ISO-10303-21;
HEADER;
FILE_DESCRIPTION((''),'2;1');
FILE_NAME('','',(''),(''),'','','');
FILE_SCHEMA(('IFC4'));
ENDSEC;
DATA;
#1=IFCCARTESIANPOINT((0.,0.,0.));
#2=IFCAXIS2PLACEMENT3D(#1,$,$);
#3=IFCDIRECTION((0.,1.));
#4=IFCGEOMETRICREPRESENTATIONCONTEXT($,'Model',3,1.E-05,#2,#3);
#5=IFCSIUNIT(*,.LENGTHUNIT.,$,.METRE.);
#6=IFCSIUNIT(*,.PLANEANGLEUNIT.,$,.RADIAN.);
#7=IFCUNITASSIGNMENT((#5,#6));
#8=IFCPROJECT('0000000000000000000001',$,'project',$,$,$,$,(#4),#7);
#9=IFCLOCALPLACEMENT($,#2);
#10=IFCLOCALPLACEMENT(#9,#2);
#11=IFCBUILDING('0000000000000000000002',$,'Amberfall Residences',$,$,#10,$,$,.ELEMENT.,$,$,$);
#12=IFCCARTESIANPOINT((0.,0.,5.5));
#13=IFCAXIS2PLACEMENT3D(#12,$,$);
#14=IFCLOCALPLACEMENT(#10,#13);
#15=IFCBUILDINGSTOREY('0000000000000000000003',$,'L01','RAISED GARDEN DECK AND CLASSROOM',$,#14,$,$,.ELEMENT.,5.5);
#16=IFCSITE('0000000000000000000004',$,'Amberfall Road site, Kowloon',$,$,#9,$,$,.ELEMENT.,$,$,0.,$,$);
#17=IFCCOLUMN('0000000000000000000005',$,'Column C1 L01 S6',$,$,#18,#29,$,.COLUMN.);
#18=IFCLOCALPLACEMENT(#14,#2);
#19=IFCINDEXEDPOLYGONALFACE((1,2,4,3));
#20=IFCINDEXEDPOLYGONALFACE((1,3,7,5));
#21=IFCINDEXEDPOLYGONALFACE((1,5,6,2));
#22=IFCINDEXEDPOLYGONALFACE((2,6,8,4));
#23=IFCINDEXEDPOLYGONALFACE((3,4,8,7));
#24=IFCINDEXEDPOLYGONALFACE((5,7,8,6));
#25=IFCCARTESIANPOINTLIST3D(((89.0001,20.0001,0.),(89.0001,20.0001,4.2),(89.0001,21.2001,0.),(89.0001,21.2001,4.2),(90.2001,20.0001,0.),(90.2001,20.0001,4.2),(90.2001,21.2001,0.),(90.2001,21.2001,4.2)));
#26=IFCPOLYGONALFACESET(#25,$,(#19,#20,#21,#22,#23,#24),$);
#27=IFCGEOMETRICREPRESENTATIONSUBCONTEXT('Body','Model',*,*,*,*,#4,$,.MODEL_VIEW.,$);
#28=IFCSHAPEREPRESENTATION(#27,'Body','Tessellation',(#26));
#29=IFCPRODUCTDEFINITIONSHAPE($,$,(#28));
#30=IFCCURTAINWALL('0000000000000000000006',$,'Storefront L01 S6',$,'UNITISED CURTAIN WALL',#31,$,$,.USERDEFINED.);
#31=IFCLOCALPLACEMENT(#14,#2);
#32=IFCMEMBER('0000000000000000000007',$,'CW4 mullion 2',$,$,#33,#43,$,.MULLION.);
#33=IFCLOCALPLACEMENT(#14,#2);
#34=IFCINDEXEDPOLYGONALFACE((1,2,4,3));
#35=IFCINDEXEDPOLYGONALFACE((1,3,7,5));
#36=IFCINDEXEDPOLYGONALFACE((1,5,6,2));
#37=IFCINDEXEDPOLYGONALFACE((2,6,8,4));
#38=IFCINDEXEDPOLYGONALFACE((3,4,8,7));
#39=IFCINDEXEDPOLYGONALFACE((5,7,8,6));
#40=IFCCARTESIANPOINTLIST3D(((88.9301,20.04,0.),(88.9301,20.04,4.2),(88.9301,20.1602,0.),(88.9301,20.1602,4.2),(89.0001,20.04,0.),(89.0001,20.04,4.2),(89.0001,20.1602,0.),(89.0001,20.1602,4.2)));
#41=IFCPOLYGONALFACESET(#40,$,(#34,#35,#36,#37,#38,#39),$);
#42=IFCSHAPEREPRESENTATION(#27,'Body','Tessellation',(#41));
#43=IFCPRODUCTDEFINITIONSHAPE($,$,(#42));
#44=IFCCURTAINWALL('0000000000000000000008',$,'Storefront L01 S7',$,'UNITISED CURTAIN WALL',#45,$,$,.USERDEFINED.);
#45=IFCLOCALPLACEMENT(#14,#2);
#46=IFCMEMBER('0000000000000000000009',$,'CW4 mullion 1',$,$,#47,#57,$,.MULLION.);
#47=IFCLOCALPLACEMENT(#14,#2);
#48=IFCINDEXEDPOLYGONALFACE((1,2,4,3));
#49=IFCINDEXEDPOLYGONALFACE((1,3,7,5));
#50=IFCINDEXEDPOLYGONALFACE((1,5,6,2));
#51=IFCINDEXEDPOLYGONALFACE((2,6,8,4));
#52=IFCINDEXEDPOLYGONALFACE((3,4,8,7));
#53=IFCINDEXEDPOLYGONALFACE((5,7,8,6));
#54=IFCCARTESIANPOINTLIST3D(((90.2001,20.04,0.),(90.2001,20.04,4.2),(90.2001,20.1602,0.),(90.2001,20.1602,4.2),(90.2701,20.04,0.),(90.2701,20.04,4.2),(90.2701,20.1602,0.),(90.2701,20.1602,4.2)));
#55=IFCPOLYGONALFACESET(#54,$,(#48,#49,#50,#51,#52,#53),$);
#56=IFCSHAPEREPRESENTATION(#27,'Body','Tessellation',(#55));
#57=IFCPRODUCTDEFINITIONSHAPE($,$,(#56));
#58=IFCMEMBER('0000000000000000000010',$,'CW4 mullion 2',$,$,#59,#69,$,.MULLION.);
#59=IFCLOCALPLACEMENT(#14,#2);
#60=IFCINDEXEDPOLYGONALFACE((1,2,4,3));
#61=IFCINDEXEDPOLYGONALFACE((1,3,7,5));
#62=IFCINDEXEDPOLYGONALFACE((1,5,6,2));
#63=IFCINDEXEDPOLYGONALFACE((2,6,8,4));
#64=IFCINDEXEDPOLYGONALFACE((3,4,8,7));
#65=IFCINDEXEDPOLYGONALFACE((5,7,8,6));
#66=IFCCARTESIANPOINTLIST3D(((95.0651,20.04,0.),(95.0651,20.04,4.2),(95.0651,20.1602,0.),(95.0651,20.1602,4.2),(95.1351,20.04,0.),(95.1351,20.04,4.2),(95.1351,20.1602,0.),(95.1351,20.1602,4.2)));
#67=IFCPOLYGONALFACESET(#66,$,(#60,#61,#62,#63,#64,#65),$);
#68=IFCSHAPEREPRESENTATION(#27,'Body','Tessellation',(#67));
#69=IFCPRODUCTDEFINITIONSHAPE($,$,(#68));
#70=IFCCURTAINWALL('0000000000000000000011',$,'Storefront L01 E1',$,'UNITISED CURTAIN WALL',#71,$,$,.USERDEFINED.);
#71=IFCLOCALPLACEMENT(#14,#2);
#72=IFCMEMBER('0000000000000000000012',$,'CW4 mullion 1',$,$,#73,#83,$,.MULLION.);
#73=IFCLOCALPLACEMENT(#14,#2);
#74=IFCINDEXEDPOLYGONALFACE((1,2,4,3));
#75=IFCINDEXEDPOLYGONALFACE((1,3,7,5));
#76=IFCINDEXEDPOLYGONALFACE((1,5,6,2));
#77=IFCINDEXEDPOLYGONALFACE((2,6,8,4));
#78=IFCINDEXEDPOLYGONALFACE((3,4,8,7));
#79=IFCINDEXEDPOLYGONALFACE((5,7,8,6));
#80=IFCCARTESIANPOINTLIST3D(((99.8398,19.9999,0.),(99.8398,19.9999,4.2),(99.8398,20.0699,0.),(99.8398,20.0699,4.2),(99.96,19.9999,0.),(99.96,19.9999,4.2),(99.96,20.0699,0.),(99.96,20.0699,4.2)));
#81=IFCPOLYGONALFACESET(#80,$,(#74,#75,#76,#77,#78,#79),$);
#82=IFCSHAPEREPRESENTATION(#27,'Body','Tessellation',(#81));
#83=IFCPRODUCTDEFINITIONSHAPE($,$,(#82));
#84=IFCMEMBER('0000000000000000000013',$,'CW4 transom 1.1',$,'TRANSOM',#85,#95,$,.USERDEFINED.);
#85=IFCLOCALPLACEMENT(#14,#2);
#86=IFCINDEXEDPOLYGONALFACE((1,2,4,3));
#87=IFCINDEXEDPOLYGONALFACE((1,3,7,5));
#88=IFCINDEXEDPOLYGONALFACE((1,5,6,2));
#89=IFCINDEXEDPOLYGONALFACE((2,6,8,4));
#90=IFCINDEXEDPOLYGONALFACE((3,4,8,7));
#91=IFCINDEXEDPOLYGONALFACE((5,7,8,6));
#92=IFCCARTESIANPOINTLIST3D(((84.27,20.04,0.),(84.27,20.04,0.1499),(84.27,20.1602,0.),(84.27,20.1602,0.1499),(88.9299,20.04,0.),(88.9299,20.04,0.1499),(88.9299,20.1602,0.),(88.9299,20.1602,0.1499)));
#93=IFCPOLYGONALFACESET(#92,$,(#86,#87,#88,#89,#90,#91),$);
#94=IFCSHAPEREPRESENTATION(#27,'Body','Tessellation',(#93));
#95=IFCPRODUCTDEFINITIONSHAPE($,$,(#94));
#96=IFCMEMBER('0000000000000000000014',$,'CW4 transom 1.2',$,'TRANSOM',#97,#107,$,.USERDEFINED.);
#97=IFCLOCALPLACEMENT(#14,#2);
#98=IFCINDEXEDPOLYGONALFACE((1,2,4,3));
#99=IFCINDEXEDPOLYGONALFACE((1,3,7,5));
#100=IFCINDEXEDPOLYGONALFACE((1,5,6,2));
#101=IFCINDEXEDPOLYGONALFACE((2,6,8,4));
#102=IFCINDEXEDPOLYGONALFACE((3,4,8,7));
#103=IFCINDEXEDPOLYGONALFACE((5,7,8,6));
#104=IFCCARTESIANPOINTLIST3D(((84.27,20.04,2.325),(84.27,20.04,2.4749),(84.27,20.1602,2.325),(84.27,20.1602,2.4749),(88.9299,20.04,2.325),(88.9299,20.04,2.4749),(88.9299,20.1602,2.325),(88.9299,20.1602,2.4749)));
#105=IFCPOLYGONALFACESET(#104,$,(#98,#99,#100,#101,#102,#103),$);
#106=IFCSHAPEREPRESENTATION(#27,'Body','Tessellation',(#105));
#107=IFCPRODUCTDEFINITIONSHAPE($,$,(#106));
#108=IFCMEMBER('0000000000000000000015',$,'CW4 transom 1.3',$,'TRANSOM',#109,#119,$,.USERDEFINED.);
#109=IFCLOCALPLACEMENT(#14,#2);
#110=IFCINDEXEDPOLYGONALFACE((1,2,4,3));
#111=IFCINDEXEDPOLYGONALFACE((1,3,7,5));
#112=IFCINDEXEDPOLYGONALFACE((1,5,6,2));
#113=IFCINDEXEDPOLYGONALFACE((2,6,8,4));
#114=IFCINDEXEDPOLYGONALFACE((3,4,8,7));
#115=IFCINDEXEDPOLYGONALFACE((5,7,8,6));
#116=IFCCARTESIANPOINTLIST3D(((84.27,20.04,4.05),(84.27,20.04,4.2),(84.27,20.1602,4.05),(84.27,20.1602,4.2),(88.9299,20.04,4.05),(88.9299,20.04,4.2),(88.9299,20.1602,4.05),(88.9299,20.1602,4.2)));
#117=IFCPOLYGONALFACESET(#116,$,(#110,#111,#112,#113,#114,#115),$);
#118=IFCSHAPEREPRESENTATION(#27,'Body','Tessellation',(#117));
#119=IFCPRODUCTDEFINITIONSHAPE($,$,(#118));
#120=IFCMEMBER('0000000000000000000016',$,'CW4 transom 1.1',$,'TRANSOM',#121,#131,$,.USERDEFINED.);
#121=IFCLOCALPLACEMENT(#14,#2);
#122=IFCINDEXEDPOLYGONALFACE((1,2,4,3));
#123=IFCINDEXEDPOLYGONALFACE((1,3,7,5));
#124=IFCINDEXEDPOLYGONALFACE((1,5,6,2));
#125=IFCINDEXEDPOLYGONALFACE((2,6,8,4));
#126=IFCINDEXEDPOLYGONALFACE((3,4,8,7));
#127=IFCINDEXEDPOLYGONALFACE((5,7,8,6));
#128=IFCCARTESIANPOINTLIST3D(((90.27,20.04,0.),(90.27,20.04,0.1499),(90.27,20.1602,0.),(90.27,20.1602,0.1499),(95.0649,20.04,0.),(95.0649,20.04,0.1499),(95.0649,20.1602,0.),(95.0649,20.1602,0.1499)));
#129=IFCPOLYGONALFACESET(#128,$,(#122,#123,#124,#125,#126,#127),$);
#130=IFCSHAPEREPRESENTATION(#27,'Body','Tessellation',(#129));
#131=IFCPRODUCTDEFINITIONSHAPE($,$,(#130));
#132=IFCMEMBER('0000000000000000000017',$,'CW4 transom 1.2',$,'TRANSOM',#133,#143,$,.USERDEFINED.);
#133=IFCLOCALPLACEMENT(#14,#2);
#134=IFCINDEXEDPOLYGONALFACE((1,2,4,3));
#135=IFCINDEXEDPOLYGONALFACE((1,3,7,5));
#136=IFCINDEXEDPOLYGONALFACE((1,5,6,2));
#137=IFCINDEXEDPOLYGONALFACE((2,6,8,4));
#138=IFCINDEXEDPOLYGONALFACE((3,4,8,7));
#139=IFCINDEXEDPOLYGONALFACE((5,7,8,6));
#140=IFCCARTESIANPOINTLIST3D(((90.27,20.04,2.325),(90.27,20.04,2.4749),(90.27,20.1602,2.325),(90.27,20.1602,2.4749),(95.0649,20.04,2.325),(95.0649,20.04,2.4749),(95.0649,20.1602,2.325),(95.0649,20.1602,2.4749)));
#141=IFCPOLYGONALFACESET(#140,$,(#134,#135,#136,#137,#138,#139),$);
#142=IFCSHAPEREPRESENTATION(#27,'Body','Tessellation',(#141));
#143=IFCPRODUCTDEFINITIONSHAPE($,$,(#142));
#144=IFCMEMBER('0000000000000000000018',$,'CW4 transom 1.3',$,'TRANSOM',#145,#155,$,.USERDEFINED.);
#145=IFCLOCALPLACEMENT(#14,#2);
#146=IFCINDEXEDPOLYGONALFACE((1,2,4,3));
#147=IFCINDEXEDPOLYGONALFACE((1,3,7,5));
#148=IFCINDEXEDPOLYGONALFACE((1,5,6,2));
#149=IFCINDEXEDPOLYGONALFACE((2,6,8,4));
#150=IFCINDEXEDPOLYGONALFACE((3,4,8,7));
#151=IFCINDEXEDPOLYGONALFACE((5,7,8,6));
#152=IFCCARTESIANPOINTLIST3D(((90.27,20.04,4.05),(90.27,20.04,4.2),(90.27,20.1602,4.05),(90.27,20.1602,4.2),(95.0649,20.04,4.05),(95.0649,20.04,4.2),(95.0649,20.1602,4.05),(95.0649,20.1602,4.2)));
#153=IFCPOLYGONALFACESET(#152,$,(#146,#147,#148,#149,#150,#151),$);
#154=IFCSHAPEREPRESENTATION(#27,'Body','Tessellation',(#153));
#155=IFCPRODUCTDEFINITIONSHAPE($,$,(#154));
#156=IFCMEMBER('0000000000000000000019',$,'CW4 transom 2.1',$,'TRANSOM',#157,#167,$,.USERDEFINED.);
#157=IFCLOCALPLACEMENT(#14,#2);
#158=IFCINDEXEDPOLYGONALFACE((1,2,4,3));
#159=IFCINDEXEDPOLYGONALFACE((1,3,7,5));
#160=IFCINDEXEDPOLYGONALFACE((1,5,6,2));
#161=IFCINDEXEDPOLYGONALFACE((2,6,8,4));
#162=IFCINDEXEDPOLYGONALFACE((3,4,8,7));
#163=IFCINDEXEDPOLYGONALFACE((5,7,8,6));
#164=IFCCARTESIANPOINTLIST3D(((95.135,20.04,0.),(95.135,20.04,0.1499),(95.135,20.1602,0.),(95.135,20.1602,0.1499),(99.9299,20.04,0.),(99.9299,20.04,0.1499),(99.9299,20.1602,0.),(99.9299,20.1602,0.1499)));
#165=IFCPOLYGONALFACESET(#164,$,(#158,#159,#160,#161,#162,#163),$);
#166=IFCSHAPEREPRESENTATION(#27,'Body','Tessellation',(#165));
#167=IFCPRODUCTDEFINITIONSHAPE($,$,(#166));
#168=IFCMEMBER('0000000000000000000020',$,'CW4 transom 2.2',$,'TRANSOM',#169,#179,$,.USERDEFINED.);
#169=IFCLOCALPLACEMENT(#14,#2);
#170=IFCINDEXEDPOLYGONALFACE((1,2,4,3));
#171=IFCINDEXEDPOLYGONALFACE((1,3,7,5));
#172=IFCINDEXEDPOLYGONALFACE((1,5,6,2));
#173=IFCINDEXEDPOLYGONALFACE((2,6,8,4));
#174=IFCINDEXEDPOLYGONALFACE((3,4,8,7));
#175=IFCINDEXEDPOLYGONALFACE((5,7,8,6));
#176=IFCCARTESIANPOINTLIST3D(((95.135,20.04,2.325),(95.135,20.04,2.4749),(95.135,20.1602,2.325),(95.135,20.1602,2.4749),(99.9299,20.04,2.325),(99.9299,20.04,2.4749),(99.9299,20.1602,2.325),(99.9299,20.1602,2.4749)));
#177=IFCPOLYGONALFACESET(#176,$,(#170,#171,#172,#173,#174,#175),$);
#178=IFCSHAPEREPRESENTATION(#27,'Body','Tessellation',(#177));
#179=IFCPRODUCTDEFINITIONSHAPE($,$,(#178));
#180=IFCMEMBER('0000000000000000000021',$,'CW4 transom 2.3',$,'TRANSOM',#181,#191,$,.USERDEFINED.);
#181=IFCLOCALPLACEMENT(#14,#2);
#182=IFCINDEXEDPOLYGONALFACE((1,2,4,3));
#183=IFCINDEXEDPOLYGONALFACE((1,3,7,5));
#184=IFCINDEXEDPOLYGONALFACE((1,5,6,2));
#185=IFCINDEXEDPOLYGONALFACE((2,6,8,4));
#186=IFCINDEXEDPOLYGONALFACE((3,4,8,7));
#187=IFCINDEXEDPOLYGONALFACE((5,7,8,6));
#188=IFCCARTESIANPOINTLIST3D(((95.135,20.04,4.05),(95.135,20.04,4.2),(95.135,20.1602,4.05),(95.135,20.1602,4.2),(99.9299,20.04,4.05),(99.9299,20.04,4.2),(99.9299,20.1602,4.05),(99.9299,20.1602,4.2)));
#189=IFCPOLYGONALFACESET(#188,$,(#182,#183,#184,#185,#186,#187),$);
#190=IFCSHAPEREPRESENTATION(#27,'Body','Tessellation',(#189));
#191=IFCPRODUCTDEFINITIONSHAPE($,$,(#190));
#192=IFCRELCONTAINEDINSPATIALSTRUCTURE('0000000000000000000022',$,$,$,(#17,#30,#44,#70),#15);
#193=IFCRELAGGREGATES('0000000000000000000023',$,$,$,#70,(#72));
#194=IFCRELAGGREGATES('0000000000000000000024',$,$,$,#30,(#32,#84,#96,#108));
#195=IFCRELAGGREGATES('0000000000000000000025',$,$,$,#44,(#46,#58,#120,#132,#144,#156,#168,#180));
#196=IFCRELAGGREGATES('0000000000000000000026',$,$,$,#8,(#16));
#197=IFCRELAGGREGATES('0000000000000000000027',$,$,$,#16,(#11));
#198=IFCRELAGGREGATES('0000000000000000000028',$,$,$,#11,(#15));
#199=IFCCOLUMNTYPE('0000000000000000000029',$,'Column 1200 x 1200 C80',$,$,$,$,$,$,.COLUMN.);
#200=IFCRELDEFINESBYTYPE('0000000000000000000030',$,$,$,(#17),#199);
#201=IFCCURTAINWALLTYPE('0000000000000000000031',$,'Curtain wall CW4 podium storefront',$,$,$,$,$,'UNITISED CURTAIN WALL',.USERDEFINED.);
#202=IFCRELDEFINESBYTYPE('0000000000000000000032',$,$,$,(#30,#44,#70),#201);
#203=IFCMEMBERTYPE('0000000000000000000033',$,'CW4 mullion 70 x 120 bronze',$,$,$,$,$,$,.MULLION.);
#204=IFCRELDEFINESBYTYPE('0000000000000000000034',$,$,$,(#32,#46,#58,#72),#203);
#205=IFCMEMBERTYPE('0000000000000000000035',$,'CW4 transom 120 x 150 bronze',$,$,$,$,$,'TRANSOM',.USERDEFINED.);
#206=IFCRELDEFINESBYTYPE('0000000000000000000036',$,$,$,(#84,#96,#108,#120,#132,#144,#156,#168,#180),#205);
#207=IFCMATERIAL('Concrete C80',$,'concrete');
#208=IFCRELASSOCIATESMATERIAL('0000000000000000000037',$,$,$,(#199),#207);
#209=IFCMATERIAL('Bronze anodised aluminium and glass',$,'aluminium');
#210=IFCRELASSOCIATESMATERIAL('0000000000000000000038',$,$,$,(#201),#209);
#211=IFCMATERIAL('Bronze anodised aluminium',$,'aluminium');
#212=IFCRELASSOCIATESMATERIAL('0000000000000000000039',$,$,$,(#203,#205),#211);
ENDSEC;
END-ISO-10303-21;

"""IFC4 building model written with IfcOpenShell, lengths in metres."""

from ifc_helpers import new_model, si_unit, direction, frame, origin, origin_2d, place, context, subcontext, project, spatial, rectangle, extrude, material, material_profile, profile_set, type_object, element, aggregate, save


model = new_model("IFC4")

# Units and contexts
model_context = context("Model", 3, precision=1e-05, world=origin(), true_north=direction((0.0, 1.0)))
body_context = subcontext(model_context, "Body", "Model", "MODEL_VIEW")
ifc_project = project(units=[si_unit("LENGTHUNIT", "METRE"), si_unit("PLANEANGLEUNIT", "RADIAN")], contexts=[model_context])

# Site, building, storey
site_placement = place(None, origin())
site = spatial("IfcSite", under=ifc_project, at=site_placement, Name="Amberfall Road site, Kowloon", CompositionType="ELEMENT", RefElevation=0.0)
building_placement = place(site_placement, origin())
building = spatial("IfcBuilding", under=site, at=building_placement, Name="Amberfall Residences", CompositionType="ELEMENT")
storey_placement = place(building_placement, frame((0.0, 0.0, 5.5)))
storey = spatial("IfcBuildingStorey", under=building, at=storey_placement, Name="L01", Description="RAISED GARDEN DECK AND CLASSROOM", CompositionType="ELEMENT", Elevation=5.5)

# Column
ifc_material_1 = material(Name="Concrete C80", Category="concrete")
ifc_material_profile_1 = material_profile(ifc_material_1, rectangle(XDim=1.2, YDim=1.2, at=origin_2d()), Name="Column 1200 x 1200 C80")
ifc_profile_set_1 = profile_set([ifc_material_profile_1], Name="Concrete C80")
column_type = type_object("IfcColumnType", Name="Column 1200 x 1200 C80", PredefinedType="COLUMN", material=ifc_profile_set_1)
column_placement = place(storey_placement, frame((89.6001, 20.6001, 0.0), z_axis=(0.0, 0.0, 1.0), x_axis=(1.0, 0.0, 0.0)))
element("IfcColumn", 1, at=column_placement, inside=storey, type_object=column_type, Name="Column C1 L01 S6", PredefinedType="COLUMN", context=body_context, shape_type="SweptSolid", body=[
    extrude(rectangle(XDim=1.2, YDim=1.2, at=origin_2d()), origin(), (0.0, 0.0, 1.0), 4.2),
])

# Curtain wall, member
ifc_material_2 = material(Name="Bronze anodised aluminium and glass", Category="aluminium")
curtain_wall_type = type_object("IfcCurtainWallType", Name="Curtain wall CW4 podium storefront", ElementType="UNITISED CURTAIN WALL", PredefinedType="USERDEFINED", material=ifc_material_2)
curtain_wall_1_placement = place(storey_placement, origin())
curtain_wall_1 = element("IfcCurtainWall", 2, at=curtain_wall_1_placement, inside=storey, type_object=curtain_wall_type, Name="Storefront L01 S6", ObjectType="UNITISED CURTAIN WALL", PredefinedType="USERDEFINED")
ifc_material_3 = material(Name="Bronze anodised aluminium", Category="aluminium")
ifc_material_profile_2 = material_profile(ifc_material_3, rectangle(XDim=0.1201, YDim=0.0701, at=origin_2d()), Name="CW4 mullion 70 x 120 bronze")
ifc_profile_set_2 = profile_set([ifc_material_profile_2], Name="Bronze anodised aluminium")
member_type_1 = type_object("IfcMemberType", Name="CW4 mullion 70 x 120 bronze", PredefinedType="MULLION", material=ifc_profile_set_2)
member_1_placement = place(storey_placement, frame((88.9651, 20.1001, 0.0), z_axis=(0.0, 0.0, 1.0), x_axis=(0.0, 1.0, 0.0)))
member_1 = element("IfcMember", 3, at=member_1_placement, type_object=member_type_1, Name="CW4 mullion 2", PredefinedType="MULLION", context=body_context, shape_type="SweptSolid", body=[
    extrude(rectangle(XDim=0.1201, YDim=0.0701, at=origin_2d()), origin(), (0.0, 0.0, 1.0), 4.2),
])

# Curtain wall, members
curtain_wall_2_placement = place(storey_placement, origin())
curtain_wall_2 = element("IfcCurtainWall", 4, at=curtain_wall_2_placement, inside=storey, type_object=curtain_wall_type, Name="Storefront L01 S7", ObjectType="UNITISED CURTAIN WALL", PredefinedType="USERDEFINED")
member_2_placement = place(storey_placement, frame((90.2351, 20.1001, 0.0), z_axis=(0.0, 0.0, 1.0), x_axis=(0.0, 1.0, 0.0)))
member_2 = element("IfcMember", 5, at=member_2_placement, type_object=member_type_1, Name="CW4 mullion 1", PredefinedType="MULLION", context=body_context, shape_type="SweptSolid", body=[
    extrude(rectangle(XDim=0.1201, YDim=0.0701, at=origin_2d()), origin(), (0.0, 0.0, 1.0), 4.2),
])
member_3_placement = place(storey_placement, frame((95.1001, 20.1001, 0.0), z_axis=(0.0, 0.0, 1.0), x_axis=(0.0, 1.0, 0.0)))
member_3 = element("IfcMember", 6, at=member_3_placement, type_object=member_type_1, Name="CW4 mullion 2", PredefinedType="MULLION", context=body_context, shape_type="SweptSolid", body=[
    extrude(rectangle(XDim=0.1201, YDim=0.0701, at=origin_2d()), origin(), (0.0, 0.0, 1.0), 4.2),
])

# Curtain wall, member
curtain_wall_3_placement = place(storey_placement, origin())
curtain_wall_3 = element("IfcCurtainWall", 7, at=curtain_wall_3_placement, inside=storey, type_object=curtain_wall_type, Name="Storefront L01 E1", ObjectType="UNITISED CURTAIN WALL", PredefinedType="USERDEFINED")
member_4_placement = place(storey_placement, frame((99.8999, 20.0349, 0.0), z_axis=(0.0, 0.0, 1.0), x_axis=(-1.0, 0.0, 0.0)))
member_4 = element("IfcMember", 8, at=member_4_placement, type_object=member_type_1, Name="CW4 mullion 1", PredefinedType="MULLION", context=body_context, shape_type="SweptSolid", body=[
    extrude(rectangle(XDim=0.1201, YDim=0.0701, at=origin_2d()), origin(), (0.0, 0.0, 1.0), 4.2),
])

# Members
ifc_material_profile_3 = material_profile(ifc_material_3, rectangle(XDim=0.1201, YDim=0.1499, at=origin_2d()), Name="CW4 transom 120 x 150 bronze")
ifc_profile_set_3 = profile_set([ifc_material_profile_3], Name="Bronze anodised aluminium")
member_type_2 = type_object("IfcMemberType", Name="CW4 transom 120 x 150 bronze", ElementType="TRANSOM", PredefinedType="USERDEFINED", material=ifc_profile_set_3)
member_5_placement = place(storey_placement, frame((84.27, 20.1001, 0.075), z_axis=(1.0, 0.0, 0.0), x_axis=(0.0, 1.0, 0.0)))
member_5 = element("IfcMember", 9, at=member_5_placement, type_object=member_type_2, Name="CW4 transom 1.1", ObjectType="TRANSOM", PredefinedType="USERDEFINED", context=body_context, shape_type="SweptSolid", body=[
    extrude(rectangle(XDim=0.1201, YDim=0.1499, at=origin_2d()), origin(), (0.0, 0.0, 1.0), 4.6599),
])
member_6_placement = place(storey_placement, frame((84.27, 20.1001, 2.3999), z_axis=(1.0, 0.0, 0.0), x_axis=(0.0, 1.0, 0.0)))
member_6 = element("IfcMember", 10, at=member_6_placement, type_object=member_type_2, Name="CW4 transom 1.2", ObjectType="TRANSOM", PredefinedType="USERDEFINED", context=body_context, shape_type="SweptSolid", body=[
    extrude(rectangle(XDim=0.1201, YDim=0.1499, at=origin_2d()), origin(), (0.0, 0.0, 1.0), 4.6599),
])
member_7_placement = place(storey_placement, frame((84.27, 20.1001, 4.125), z_axis=(1.0, 0.0, 0.0), x_axis=(0.0, 1.0, 0.0)))
member_7 = element("IfcMember", 11, at=member_7_placement, type_object=member_type_2, Name="CW4 transom 1.3", ObjectType="TRANSOM", PredefinedType="USERDEFINED", context=body_context, shape_type="SweptSolid", body=[
    extrude(rectangle(XDim=0.1201, YDim=0.1499, at=origin_2d()), origin(), (0.0, 0.0, 1.0), 4.6599),
])
member_8_placement = place(storey_placement, frame((90.27, 20.1001, 0.075), z_axis=(1.0, 0.0, 0.0), x_axis=(0.0, 1.0, 0.0)))
member_8 = element("IfcMember", 12, at=member_8_placement, type_object=member_type_2, Name="CW4 transom 1.1", ObjectType="TRANSOM", PredefinedType="USERDEFINED", context=body_context, shape_type="SweptSolid", body=[
    extrude(rectangle(XDim=0.1201, YDim=0.1499, at=origin_2d()), origin(), (0.0, 0.0, 1.0), 4.7949),
])
member_9_placement = place(storey_placement, frame((90.27, 20.1001, 2.3999), z_axis=(1.0, 0.0, 0.0), x_axis=(0.0, 1.0, 0.0)))
member_9 = element("IfcMember", 13, at=member_9_placement, type_object=member_type_2, Name="CW4 transom 1.2", ObjectType="TRANSOM", PredefinedType="USERDEFINED", context=body_context, shape_type="SweptSolid", body=[
    extrude(rectangle(XDim=0.1201, YDim=0.1499, at=origin_2d()), origin(), (0.0, 0.0, 1.0), 4.7949),
])
member_10_placement = place(storey_placement, frame((90.27, 20.1001, 4.125), z_axis=(1.0, 0.0, 0.0), x_axis=(0.0, 1.0, 0.0)))
member_10 = element("IfcMember", 14, at=member_10_placement, type_object=member_type_2, Name="CW4 transom 1.3", ObjectType="TRANSOM", PredefinedType="USERDEFINED", context=body_context, shape_type="SweptSolid", body=[
    extrude(rectangle(XDim=0.1201, YDim=0.1499, at=origin_2d()), origin(), (0.0, 0.0, 1.0), 4.7949),
])
member_11_placement = place(storey_placement, frame((95.135, 20.1001, 0.075), z_axis=(1.0, 0.0, 0.0), x_axis=(0.0, 1.0, 0.0)))
member_11 = element("IfcMember", 15, at=member_11_placement, type_object=member_type_2, Name="CW4 transom 2.1", ObjectType="TRANSOM", PredefinedType="USERDEFINED", context=body_context, shape_type="SweptSolid", body=[
    extrude(rectangle(XDim=0.1201, YDim=0.1499, at=origin_2d()), origin(), (0.0, 0.0, 1.0), 4.7949),
])
member_12_placement = place(storey_placement, frame((95.135, 20.1001, 2.3999), z_axis=(1.0, 0.0, 0.0), x_axis=(0.0, 1.0, 0.0)))
member_12 = element("IfcMember", 16, at=member_12_placement, type_object=member_type_2, Name="CW4 transom 2.2", ObjectType="TRANSOM", PredefinedType="USERDEFINED", context=body_context, shape_type="SweptSolid", body=[
    extrude(rectangle(XDim=0.1201, YDim=0.1499, at=origin_2d()), origin(), (0.0, 0.0, 1.0), 4.7949),
])
member_13_placement = place(storey_placement, frame((95.135, 20.1001, 4.125), z_axis=(1.0, 0.0, 0.0), x_axis=(0.0, 1.0, 0.0)))
member_13 = element("IfcMember", 17, at=member_13_placement, type_object=member_type_2, Name="CW4 transom 2.3", ObjectType="TRANSOM", PredefinedType="USERDEFINED", context=body_context, shape_type="SweptSolid", body=[
    extrude(rectangle(XDim=0.1201, YDim=0.1499, at=origin_2d()), origin(), (0.0, 0.0, 1.0), 4.7949),
])
aggregate(curtain_wall_3, [member_4])

aggregate(curtain_wall_1, [member_1, member_5, member_6, member_7])
aggregate(curtain_wall_2, [member_2, member_3, member_8, member_9, member_10, member_11, member_12, member_13])

save(model, "model.ifc")
